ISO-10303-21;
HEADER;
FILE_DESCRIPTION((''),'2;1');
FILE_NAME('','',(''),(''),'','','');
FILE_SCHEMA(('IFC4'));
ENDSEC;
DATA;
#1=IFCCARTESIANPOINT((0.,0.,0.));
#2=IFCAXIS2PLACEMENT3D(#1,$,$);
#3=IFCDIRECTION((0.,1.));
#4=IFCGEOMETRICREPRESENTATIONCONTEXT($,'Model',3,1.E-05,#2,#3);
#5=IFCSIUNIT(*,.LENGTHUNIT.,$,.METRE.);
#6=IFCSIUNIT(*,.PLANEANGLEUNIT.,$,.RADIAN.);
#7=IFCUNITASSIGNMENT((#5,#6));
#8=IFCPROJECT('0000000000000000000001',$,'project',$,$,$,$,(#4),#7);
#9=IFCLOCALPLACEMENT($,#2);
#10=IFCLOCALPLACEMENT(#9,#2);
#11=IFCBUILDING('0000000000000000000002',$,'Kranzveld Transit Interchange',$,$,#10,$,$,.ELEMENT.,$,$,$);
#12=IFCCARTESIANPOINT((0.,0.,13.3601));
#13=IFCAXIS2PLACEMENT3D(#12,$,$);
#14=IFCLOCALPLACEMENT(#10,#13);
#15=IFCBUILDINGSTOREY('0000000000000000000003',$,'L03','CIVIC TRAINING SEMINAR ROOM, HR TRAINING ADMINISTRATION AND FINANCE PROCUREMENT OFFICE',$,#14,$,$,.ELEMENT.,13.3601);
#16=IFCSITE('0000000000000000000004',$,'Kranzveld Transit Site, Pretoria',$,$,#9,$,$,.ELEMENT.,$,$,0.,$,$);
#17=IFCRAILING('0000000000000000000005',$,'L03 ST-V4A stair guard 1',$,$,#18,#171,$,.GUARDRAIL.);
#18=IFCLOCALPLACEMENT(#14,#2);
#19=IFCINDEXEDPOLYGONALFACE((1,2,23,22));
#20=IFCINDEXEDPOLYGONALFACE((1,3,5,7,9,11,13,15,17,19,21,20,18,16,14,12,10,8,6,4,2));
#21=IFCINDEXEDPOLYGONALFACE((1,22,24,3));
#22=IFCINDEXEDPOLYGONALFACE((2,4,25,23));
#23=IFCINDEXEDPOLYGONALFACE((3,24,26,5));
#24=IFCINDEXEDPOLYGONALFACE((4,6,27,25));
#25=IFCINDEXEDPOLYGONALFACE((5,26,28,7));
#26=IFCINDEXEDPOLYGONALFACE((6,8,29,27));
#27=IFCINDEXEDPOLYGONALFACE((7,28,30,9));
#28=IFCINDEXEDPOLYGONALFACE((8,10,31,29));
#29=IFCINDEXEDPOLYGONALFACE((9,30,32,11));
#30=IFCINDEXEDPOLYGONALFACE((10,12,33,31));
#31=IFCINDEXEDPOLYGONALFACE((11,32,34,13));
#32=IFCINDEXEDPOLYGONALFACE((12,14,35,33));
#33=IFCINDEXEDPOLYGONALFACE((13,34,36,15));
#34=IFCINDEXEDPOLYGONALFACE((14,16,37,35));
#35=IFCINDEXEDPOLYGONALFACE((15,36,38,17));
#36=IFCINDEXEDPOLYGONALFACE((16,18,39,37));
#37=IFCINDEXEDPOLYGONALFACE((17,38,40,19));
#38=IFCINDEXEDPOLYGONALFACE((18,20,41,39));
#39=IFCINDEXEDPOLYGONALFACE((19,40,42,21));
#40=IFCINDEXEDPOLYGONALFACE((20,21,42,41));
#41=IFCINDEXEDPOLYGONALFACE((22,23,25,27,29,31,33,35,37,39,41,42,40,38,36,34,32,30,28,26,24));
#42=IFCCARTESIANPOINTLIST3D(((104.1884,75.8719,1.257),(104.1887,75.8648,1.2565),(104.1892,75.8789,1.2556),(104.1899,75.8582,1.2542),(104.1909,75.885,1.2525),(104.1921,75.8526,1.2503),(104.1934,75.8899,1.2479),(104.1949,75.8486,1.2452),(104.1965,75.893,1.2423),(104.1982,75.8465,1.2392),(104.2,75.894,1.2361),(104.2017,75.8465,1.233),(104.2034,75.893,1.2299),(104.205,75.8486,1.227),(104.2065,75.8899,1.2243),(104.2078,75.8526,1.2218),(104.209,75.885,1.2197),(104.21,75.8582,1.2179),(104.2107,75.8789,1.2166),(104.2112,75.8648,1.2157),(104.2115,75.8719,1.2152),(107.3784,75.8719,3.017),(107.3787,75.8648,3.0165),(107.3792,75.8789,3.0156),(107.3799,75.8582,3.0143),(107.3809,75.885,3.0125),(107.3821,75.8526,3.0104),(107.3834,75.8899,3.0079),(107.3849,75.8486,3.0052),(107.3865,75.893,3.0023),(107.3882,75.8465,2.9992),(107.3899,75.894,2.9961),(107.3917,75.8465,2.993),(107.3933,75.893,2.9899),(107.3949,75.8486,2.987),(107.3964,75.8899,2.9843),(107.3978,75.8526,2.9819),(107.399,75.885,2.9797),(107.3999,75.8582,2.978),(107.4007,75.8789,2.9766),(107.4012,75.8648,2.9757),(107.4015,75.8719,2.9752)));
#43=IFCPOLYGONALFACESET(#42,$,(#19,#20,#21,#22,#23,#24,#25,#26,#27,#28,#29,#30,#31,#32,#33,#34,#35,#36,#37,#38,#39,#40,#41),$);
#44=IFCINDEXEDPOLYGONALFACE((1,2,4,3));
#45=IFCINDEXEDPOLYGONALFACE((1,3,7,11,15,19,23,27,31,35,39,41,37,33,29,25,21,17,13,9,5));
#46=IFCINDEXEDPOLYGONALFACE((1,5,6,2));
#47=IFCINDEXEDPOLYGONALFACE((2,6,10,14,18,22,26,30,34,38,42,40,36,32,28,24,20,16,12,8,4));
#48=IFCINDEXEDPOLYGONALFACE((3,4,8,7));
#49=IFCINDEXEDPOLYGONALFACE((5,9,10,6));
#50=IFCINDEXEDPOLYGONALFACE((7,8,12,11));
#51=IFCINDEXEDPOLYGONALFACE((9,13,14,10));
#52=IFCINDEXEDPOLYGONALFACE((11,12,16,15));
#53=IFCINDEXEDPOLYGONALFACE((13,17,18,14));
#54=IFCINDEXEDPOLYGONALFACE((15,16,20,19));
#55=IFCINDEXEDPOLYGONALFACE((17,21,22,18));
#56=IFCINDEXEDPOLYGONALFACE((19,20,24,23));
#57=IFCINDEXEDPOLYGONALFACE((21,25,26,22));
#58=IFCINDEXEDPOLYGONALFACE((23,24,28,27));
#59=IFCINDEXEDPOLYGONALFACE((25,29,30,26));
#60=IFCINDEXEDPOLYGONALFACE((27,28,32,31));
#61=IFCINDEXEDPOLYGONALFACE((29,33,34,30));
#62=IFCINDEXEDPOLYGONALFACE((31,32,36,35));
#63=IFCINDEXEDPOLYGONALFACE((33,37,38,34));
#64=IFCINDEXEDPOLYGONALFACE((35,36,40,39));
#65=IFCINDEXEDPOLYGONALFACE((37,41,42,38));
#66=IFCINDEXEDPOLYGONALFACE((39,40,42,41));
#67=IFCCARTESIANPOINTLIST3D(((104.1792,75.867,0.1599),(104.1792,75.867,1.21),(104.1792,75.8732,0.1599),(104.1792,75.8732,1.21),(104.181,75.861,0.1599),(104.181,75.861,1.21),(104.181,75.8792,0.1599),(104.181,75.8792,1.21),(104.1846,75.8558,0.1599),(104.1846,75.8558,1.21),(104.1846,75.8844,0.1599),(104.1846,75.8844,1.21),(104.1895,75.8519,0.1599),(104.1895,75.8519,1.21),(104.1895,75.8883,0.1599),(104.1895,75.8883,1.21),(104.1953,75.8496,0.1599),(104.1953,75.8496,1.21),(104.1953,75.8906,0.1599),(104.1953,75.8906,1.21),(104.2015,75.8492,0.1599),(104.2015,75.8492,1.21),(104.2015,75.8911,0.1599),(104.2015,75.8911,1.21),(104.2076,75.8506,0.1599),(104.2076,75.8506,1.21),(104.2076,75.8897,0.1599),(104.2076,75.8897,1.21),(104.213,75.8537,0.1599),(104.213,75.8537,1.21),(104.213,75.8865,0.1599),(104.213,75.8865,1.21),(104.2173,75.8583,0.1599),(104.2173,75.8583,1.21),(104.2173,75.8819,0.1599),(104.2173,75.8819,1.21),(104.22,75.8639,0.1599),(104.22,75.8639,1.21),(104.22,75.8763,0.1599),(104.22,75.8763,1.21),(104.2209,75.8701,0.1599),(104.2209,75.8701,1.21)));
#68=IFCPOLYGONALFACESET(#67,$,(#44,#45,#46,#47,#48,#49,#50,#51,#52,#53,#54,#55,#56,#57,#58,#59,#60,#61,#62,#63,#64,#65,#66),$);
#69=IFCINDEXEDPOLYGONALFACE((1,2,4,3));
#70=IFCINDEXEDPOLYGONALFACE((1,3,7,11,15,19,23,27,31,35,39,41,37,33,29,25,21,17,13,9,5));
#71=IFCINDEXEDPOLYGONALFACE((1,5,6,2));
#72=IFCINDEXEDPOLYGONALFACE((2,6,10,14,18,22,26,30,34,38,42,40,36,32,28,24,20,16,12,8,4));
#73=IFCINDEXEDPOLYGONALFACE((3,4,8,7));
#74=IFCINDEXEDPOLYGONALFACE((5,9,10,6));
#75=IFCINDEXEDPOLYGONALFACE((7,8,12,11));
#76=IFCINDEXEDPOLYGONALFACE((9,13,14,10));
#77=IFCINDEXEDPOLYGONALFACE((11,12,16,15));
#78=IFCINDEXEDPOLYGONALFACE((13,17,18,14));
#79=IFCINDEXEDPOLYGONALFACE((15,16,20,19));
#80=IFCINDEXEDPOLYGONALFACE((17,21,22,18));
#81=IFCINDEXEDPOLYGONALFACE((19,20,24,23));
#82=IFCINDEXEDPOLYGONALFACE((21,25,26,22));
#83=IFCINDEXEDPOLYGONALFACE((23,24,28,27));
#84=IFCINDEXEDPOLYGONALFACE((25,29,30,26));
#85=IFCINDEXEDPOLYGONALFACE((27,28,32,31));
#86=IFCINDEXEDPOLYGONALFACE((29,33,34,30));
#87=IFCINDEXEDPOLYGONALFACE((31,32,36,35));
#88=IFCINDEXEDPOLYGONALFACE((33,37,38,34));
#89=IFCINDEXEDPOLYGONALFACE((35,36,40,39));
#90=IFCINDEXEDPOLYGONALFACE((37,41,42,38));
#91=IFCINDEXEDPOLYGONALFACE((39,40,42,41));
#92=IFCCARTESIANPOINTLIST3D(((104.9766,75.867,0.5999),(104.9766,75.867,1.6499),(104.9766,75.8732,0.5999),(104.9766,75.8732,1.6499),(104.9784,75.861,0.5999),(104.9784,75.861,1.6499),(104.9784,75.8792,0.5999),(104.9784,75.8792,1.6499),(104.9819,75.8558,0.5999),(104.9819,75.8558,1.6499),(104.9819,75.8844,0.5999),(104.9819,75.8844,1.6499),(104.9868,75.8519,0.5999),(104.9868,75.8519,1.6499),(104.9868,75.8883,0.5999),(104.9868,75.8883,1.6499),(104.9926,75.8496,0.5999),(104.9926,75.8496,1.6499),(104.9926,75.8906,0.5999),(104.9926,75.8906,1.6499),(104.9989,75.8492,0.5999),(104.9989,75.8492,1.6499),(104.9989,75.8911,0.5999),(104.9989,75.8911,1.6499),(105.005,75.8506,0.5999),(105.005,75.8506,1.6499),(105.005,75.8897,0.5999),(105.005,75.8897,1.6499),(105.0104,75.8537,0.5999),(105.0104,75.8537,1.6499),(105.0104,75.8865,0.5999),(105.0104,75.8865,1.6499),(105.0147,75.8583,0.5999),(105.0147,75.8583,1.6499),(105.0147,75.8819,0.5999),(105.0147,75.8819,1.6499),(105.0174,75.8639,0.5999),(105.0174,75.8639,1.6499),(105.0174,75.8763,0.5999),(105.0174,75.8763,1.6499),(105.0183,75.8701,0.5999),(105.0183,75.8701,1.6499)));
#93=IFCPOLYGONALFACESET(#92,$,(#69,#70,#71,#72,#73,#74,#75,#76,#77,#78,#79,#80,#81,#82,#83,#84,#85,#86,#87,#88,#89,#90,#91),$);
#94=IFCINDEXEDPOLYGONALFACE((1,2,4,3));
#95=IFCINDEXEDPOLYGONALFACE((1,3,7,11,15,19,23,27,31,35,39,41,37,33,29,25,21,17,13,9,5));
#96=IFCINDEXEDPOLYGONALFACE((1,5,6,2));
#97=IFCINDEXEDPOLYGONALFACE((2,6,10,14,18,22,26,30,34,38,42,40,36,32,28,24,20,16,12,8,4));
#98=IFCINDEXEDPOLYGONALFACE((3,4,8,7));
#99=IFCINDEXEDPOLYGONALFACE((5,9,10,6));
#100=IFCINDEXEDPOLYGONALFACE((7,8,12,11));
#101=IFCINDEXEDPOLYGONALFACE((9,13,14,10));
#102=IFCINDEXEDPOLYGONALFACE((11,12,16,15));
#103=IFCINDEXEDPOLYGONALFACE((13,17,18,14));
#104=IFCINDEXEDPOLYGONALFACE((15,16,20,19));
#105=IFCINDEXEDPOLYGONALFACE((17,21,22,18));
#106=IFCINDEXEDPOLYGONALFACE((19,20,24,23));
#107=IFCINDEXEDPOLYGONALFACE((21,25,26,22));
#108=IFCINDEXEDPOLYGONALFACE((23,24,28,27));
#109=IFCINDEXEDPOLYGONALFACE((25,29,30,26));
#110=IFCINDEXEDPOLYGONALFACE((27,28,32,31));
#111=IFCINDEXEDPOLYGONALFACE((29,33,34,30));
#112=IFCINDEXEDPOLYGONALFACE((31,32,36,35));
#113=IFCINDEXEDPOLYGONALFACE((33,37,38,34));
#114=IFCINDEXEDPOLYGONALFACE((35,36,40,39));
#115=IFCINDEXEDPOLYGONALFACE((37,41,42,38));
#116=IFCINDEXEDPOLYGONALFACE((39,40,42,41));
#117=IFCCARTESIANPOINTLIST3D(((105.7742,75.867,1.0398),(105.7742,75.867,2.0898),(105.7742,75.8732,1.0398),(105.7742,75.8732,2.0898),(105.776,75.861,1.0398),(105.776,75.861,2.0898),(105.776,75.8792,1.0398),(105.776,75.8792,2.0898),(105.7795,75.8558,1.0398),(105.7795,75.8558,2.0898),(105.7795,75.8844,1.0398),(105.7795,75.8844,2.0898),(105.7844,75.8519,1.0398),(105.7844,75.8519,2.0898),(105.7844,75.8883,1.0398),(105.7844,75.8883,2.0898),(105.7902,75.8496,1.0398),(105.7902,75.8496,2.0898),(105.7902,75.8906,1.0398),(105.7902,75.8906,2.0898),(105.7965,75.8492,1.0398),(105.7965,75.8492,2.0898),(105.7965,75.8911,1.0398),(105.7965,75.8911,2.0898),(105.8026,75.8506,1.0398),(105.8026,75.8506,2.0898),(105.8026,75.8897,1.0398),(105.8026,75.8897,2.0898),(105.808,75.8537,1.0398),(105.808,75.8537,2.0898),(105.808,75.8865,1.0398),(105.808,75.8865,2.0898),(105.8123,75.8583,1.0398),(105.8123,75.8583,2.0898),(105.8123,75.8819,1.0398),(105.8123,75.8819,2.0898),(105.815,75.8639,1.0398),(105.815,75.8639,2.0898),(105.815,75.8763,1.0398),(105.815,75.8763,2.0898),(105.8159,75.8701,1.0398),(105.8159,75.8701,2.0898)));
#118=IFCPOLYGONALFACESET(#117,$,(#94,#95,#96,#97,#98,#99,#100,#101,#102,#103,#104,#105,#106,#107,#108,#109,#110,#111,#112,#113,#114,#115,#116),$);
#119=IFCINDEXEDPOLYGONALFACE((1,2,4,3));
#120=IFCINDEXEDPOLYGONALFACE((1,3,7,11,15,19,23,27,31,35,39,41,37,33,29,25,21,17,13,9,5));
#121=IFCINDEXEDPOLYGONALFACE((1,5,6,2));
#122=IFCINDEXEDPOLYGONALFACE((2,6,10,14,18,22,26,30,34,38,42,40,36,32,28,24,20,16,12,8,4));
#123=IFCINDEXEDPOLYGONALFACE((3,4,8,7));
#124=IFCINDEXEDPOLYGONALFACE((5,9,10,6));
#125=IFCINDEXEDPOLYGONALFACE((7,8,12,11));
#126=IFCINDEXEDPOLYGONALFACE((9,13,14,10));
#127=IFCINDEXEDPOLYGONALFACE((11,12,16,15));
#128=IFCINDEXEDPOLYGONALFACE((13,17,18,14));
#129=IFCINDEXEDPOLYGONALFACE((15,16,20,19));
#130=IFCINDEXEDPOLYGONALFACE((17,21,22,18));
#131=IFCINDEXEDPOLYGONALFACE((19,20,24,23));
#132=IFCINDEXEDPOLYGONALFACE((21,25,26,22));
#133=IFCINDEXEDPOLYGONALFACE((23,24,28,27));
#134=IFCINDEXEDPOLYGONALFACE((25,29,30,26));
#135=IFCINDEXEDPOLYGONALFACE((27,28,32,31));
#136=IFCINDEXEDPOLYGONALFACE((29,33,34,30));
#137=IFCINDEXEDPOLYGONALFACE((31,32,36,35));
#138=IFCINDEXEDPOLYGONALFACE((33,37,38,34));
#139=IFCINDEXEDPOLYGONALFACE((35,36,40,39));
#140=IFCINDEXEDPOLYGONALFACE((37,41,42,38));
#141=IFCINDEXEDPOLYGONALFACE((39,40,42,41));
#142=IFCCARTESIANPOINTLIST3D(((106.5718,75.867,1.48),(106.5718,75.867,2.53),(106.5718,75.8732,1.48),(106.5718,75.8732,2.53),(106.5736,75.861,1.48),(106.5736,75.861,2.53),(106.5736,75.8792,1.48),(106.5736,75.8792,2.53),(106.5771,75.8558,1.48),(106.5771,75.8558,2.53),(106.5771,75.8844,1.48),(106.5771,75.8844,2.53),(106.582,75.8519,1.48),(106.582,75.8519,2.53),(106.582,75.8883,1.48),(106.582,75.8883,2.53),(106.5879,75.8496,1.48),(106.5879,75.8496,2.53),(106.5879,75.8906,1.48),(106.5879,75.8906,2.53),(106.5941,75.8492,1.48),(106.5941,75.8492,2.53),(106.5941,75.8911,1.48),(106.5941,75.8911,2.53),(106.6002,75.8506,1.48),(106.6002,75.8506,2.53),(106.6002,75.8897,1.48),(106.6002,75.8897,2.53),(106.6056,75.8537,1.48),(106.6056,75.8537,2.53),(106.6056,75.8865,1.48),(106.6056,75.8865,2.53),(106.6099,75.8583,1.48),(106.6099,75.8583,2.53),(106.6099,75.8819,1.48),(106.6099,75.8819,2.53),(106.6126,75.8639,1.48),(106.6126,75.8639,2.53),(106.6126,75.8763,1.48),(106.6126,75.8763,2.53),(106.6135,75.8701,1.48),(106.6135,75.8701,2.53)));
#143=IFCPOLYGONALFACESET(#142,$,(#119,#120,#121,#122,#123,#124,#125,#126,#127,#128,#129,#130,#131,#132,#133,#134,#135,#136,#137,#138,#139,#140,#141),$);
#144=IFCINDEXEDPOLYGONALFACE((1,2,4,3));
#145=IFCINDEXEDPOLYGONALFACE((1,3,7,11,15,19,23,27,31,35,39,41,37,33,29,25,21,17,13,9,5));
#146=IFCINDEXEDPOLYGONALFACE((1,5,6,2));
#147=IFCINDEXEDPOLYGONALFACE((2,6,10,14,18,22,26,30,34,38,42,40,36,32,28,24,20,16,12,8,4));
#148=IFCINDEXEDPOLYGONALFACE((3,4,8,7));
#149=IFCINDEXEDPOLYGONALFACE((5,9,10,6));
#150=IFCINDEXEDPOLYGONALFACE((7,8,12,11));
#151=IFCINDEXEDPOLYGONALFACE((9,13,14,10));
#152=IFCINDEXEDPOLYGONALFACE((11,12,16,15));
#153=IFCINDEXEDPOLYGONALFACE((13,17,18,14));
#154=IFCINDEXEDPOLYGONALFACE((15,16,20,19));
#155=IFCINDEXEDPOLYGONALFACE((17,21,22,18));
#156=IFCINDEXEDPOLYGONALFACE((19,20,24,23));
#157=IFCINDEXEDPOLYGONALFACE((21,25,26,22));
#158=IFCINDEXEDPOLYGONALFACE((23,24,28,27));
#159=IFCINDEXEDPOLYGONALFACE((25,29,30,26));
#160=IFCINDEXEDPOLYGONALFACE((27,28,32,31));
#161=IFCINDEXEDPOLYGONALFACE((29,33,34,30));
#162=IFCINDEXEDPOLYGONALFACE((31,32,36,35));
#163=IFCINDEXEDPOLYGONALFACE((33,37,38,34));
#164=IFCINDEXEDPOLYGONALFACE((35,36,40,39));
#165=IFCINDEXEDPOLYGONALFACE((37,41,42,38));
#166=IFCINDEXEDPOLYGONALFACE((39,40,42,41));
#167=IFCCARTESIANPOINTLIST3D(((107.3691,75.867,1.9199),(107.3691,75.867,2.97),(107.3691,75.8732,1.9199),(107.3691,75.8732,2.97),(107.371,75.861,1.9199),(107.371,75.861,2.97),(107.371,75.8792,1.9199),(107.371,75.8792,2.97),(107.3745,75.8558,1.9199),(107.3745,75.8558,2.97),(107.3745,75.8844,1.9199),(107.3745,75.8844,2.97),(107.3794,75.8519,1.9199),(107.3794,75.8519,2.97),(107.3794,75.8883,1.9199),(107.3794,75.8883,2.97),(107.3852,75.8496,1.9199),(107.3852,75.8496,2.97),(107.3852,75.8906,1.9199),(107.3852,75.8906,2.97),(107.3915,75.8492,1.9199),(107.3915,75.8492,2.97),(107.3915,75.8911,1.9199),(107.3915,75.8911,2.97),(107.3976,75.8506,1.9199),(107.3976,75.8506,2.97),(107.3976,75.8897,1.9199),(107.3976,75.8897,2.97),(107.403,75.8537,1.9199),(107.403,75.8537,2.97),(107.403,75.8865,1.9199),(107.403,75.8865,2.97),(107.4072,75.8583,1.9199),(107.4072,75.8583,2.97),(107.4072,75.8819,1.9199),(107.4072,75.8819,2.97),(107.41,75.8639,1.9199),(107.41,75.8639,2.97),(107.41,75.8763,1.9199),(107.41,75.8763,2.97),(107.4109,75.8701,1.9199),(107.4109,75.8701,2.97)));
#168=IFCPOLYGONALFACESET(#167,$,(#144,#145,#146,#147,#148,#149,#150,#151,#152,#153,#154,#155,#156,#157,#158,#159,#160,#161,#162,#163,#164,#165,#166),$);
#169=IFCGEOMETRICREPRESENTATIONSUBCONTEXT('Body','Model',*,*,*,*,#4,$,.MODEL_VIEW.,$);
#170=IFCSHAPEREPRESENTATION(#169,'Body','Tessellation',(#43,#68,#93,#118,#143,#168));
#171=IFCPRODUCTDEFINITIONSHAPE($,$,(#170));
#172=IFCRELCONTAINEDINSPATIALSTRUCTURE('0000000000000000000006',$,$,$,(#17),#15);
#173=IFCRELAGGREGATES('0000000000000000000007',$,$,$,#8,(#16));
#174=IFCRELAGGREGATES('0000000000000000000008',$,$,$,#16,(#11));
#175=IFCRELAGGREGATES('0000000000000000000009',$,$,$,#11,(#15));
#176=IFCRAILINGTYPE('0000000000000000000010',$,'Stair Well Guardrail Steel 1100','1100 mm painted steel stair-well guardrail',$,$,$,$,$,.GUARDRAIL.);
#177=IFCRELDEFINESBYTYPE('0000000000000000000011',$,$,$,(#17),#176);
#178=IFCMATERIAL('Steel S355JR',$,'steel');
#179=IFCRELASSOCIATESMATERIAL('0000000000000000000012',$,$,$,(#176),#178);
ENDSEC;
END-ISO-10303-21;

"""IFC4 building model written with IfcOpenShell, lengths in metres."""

from ifc_helpers import new_model, si_unit, direction, frame, origin, origin_2d, place, context, subcontext, project, spatial, circle, extrude, material, type_object, element, save


model = new_model("IFC4")

# Units and contexts
model_context = context("Model", 3, precision=1e-05, world=origin(), true_north=direction((0.0, 1.0)))
body_context = subcontext(model_context, "Body", "Model", "MODEL_VIEW")
ifc_project = project(units=[si_unit("LENGTHUNIT", "METRE"), si_unit("PLANEANGLEUNIT", "RADIAN")], contexts=[model_context])

# Site, building, storey
site_placement = place(None, origin())
site = spatial("IfcSite", under=ifc_project, at=site_placement, Name="Kranzveld Transit Site, Pretoria", CompositionType="ELEMENT", RefElevation=0.0)
building_placement = place(site_placement, origin())
building = spatial("IfcBuilding", under=site, at=building_placement, Name="Kranzveld Transit Interchange", CompositionType="ELEMENT")
storey_placement = place(building_placement, frame((0.0, 0.0, 13.3601)))
storey = spatial("IfcBuildingStorey", under=building, at=storey_placement, Name="L03", Description="CIVIC TRAINING SEMINAR ROOM, HR TRAINING ADMINISTRATION AND FINANCE PROCUREMENT OFFICE", CompositionType="ELEMENT", Elevation=13.3601)

# Railing
ifc_material_1 = material(Name="Steel S355JR", Category="steel")
railing_type_1 = type_object("IfcRailingType", Name="Stair Well Guardrail Steel 1100", Description="1100 mm painted steel stair-well guardrail", PredefinedType="GUARDRAIL", material=ifc_material_1)
railing_1_placement = place(storey_placement, frame((104.2, 75.8701, 0.1599)))
element("IfcRailing", 1, at=railing_1_placement, inside=storey, type_object=railing_type_1, Name="L03 ST-V4A stair guard 1", PredefinedType="GUARDRAIL", context=body_context, shape_type="SweptSolid", body=[
    extrude(circle(Radius=0.0239, at=origin_2d()), frame((0.0, 0.0, 1.0762), z_axis=(0.875573, 0.0, 0.483086), x_axis=(0.0, 1.0, 0.0)), (0.0, 0.0, 1.0), 3.6433),
    extrude(circle(Radius=0.021, at=origin_2d()), origin(), (0.0, 0.0, 1.0), 1.05),
    extrude(circle(Radius=0.021, at=origin_2d()), frame((0.7974, 0.0, 0.4399)), (0.0, 0.0, 1.0), 1.05),
    extrude(circle(Radius=0.021, at=origin_2d()), frame((1.595, 0.0, 0.8799)), (0.0, 0.0, 1.0), 1.05),
    extrude(circle(Radius=0.021, at=origin_2d()), frame((2.3926, 0.0, 1.3201)), (0.0, 0.0, 1.0), 1.05),
    extrude(circle(Radius=0.021, at=origin_2d()), frame((3.1899, 0.0, 1.76)), (0.0, 0.0, 1.0), 1.05),
])

save(model, "model.ifc")
